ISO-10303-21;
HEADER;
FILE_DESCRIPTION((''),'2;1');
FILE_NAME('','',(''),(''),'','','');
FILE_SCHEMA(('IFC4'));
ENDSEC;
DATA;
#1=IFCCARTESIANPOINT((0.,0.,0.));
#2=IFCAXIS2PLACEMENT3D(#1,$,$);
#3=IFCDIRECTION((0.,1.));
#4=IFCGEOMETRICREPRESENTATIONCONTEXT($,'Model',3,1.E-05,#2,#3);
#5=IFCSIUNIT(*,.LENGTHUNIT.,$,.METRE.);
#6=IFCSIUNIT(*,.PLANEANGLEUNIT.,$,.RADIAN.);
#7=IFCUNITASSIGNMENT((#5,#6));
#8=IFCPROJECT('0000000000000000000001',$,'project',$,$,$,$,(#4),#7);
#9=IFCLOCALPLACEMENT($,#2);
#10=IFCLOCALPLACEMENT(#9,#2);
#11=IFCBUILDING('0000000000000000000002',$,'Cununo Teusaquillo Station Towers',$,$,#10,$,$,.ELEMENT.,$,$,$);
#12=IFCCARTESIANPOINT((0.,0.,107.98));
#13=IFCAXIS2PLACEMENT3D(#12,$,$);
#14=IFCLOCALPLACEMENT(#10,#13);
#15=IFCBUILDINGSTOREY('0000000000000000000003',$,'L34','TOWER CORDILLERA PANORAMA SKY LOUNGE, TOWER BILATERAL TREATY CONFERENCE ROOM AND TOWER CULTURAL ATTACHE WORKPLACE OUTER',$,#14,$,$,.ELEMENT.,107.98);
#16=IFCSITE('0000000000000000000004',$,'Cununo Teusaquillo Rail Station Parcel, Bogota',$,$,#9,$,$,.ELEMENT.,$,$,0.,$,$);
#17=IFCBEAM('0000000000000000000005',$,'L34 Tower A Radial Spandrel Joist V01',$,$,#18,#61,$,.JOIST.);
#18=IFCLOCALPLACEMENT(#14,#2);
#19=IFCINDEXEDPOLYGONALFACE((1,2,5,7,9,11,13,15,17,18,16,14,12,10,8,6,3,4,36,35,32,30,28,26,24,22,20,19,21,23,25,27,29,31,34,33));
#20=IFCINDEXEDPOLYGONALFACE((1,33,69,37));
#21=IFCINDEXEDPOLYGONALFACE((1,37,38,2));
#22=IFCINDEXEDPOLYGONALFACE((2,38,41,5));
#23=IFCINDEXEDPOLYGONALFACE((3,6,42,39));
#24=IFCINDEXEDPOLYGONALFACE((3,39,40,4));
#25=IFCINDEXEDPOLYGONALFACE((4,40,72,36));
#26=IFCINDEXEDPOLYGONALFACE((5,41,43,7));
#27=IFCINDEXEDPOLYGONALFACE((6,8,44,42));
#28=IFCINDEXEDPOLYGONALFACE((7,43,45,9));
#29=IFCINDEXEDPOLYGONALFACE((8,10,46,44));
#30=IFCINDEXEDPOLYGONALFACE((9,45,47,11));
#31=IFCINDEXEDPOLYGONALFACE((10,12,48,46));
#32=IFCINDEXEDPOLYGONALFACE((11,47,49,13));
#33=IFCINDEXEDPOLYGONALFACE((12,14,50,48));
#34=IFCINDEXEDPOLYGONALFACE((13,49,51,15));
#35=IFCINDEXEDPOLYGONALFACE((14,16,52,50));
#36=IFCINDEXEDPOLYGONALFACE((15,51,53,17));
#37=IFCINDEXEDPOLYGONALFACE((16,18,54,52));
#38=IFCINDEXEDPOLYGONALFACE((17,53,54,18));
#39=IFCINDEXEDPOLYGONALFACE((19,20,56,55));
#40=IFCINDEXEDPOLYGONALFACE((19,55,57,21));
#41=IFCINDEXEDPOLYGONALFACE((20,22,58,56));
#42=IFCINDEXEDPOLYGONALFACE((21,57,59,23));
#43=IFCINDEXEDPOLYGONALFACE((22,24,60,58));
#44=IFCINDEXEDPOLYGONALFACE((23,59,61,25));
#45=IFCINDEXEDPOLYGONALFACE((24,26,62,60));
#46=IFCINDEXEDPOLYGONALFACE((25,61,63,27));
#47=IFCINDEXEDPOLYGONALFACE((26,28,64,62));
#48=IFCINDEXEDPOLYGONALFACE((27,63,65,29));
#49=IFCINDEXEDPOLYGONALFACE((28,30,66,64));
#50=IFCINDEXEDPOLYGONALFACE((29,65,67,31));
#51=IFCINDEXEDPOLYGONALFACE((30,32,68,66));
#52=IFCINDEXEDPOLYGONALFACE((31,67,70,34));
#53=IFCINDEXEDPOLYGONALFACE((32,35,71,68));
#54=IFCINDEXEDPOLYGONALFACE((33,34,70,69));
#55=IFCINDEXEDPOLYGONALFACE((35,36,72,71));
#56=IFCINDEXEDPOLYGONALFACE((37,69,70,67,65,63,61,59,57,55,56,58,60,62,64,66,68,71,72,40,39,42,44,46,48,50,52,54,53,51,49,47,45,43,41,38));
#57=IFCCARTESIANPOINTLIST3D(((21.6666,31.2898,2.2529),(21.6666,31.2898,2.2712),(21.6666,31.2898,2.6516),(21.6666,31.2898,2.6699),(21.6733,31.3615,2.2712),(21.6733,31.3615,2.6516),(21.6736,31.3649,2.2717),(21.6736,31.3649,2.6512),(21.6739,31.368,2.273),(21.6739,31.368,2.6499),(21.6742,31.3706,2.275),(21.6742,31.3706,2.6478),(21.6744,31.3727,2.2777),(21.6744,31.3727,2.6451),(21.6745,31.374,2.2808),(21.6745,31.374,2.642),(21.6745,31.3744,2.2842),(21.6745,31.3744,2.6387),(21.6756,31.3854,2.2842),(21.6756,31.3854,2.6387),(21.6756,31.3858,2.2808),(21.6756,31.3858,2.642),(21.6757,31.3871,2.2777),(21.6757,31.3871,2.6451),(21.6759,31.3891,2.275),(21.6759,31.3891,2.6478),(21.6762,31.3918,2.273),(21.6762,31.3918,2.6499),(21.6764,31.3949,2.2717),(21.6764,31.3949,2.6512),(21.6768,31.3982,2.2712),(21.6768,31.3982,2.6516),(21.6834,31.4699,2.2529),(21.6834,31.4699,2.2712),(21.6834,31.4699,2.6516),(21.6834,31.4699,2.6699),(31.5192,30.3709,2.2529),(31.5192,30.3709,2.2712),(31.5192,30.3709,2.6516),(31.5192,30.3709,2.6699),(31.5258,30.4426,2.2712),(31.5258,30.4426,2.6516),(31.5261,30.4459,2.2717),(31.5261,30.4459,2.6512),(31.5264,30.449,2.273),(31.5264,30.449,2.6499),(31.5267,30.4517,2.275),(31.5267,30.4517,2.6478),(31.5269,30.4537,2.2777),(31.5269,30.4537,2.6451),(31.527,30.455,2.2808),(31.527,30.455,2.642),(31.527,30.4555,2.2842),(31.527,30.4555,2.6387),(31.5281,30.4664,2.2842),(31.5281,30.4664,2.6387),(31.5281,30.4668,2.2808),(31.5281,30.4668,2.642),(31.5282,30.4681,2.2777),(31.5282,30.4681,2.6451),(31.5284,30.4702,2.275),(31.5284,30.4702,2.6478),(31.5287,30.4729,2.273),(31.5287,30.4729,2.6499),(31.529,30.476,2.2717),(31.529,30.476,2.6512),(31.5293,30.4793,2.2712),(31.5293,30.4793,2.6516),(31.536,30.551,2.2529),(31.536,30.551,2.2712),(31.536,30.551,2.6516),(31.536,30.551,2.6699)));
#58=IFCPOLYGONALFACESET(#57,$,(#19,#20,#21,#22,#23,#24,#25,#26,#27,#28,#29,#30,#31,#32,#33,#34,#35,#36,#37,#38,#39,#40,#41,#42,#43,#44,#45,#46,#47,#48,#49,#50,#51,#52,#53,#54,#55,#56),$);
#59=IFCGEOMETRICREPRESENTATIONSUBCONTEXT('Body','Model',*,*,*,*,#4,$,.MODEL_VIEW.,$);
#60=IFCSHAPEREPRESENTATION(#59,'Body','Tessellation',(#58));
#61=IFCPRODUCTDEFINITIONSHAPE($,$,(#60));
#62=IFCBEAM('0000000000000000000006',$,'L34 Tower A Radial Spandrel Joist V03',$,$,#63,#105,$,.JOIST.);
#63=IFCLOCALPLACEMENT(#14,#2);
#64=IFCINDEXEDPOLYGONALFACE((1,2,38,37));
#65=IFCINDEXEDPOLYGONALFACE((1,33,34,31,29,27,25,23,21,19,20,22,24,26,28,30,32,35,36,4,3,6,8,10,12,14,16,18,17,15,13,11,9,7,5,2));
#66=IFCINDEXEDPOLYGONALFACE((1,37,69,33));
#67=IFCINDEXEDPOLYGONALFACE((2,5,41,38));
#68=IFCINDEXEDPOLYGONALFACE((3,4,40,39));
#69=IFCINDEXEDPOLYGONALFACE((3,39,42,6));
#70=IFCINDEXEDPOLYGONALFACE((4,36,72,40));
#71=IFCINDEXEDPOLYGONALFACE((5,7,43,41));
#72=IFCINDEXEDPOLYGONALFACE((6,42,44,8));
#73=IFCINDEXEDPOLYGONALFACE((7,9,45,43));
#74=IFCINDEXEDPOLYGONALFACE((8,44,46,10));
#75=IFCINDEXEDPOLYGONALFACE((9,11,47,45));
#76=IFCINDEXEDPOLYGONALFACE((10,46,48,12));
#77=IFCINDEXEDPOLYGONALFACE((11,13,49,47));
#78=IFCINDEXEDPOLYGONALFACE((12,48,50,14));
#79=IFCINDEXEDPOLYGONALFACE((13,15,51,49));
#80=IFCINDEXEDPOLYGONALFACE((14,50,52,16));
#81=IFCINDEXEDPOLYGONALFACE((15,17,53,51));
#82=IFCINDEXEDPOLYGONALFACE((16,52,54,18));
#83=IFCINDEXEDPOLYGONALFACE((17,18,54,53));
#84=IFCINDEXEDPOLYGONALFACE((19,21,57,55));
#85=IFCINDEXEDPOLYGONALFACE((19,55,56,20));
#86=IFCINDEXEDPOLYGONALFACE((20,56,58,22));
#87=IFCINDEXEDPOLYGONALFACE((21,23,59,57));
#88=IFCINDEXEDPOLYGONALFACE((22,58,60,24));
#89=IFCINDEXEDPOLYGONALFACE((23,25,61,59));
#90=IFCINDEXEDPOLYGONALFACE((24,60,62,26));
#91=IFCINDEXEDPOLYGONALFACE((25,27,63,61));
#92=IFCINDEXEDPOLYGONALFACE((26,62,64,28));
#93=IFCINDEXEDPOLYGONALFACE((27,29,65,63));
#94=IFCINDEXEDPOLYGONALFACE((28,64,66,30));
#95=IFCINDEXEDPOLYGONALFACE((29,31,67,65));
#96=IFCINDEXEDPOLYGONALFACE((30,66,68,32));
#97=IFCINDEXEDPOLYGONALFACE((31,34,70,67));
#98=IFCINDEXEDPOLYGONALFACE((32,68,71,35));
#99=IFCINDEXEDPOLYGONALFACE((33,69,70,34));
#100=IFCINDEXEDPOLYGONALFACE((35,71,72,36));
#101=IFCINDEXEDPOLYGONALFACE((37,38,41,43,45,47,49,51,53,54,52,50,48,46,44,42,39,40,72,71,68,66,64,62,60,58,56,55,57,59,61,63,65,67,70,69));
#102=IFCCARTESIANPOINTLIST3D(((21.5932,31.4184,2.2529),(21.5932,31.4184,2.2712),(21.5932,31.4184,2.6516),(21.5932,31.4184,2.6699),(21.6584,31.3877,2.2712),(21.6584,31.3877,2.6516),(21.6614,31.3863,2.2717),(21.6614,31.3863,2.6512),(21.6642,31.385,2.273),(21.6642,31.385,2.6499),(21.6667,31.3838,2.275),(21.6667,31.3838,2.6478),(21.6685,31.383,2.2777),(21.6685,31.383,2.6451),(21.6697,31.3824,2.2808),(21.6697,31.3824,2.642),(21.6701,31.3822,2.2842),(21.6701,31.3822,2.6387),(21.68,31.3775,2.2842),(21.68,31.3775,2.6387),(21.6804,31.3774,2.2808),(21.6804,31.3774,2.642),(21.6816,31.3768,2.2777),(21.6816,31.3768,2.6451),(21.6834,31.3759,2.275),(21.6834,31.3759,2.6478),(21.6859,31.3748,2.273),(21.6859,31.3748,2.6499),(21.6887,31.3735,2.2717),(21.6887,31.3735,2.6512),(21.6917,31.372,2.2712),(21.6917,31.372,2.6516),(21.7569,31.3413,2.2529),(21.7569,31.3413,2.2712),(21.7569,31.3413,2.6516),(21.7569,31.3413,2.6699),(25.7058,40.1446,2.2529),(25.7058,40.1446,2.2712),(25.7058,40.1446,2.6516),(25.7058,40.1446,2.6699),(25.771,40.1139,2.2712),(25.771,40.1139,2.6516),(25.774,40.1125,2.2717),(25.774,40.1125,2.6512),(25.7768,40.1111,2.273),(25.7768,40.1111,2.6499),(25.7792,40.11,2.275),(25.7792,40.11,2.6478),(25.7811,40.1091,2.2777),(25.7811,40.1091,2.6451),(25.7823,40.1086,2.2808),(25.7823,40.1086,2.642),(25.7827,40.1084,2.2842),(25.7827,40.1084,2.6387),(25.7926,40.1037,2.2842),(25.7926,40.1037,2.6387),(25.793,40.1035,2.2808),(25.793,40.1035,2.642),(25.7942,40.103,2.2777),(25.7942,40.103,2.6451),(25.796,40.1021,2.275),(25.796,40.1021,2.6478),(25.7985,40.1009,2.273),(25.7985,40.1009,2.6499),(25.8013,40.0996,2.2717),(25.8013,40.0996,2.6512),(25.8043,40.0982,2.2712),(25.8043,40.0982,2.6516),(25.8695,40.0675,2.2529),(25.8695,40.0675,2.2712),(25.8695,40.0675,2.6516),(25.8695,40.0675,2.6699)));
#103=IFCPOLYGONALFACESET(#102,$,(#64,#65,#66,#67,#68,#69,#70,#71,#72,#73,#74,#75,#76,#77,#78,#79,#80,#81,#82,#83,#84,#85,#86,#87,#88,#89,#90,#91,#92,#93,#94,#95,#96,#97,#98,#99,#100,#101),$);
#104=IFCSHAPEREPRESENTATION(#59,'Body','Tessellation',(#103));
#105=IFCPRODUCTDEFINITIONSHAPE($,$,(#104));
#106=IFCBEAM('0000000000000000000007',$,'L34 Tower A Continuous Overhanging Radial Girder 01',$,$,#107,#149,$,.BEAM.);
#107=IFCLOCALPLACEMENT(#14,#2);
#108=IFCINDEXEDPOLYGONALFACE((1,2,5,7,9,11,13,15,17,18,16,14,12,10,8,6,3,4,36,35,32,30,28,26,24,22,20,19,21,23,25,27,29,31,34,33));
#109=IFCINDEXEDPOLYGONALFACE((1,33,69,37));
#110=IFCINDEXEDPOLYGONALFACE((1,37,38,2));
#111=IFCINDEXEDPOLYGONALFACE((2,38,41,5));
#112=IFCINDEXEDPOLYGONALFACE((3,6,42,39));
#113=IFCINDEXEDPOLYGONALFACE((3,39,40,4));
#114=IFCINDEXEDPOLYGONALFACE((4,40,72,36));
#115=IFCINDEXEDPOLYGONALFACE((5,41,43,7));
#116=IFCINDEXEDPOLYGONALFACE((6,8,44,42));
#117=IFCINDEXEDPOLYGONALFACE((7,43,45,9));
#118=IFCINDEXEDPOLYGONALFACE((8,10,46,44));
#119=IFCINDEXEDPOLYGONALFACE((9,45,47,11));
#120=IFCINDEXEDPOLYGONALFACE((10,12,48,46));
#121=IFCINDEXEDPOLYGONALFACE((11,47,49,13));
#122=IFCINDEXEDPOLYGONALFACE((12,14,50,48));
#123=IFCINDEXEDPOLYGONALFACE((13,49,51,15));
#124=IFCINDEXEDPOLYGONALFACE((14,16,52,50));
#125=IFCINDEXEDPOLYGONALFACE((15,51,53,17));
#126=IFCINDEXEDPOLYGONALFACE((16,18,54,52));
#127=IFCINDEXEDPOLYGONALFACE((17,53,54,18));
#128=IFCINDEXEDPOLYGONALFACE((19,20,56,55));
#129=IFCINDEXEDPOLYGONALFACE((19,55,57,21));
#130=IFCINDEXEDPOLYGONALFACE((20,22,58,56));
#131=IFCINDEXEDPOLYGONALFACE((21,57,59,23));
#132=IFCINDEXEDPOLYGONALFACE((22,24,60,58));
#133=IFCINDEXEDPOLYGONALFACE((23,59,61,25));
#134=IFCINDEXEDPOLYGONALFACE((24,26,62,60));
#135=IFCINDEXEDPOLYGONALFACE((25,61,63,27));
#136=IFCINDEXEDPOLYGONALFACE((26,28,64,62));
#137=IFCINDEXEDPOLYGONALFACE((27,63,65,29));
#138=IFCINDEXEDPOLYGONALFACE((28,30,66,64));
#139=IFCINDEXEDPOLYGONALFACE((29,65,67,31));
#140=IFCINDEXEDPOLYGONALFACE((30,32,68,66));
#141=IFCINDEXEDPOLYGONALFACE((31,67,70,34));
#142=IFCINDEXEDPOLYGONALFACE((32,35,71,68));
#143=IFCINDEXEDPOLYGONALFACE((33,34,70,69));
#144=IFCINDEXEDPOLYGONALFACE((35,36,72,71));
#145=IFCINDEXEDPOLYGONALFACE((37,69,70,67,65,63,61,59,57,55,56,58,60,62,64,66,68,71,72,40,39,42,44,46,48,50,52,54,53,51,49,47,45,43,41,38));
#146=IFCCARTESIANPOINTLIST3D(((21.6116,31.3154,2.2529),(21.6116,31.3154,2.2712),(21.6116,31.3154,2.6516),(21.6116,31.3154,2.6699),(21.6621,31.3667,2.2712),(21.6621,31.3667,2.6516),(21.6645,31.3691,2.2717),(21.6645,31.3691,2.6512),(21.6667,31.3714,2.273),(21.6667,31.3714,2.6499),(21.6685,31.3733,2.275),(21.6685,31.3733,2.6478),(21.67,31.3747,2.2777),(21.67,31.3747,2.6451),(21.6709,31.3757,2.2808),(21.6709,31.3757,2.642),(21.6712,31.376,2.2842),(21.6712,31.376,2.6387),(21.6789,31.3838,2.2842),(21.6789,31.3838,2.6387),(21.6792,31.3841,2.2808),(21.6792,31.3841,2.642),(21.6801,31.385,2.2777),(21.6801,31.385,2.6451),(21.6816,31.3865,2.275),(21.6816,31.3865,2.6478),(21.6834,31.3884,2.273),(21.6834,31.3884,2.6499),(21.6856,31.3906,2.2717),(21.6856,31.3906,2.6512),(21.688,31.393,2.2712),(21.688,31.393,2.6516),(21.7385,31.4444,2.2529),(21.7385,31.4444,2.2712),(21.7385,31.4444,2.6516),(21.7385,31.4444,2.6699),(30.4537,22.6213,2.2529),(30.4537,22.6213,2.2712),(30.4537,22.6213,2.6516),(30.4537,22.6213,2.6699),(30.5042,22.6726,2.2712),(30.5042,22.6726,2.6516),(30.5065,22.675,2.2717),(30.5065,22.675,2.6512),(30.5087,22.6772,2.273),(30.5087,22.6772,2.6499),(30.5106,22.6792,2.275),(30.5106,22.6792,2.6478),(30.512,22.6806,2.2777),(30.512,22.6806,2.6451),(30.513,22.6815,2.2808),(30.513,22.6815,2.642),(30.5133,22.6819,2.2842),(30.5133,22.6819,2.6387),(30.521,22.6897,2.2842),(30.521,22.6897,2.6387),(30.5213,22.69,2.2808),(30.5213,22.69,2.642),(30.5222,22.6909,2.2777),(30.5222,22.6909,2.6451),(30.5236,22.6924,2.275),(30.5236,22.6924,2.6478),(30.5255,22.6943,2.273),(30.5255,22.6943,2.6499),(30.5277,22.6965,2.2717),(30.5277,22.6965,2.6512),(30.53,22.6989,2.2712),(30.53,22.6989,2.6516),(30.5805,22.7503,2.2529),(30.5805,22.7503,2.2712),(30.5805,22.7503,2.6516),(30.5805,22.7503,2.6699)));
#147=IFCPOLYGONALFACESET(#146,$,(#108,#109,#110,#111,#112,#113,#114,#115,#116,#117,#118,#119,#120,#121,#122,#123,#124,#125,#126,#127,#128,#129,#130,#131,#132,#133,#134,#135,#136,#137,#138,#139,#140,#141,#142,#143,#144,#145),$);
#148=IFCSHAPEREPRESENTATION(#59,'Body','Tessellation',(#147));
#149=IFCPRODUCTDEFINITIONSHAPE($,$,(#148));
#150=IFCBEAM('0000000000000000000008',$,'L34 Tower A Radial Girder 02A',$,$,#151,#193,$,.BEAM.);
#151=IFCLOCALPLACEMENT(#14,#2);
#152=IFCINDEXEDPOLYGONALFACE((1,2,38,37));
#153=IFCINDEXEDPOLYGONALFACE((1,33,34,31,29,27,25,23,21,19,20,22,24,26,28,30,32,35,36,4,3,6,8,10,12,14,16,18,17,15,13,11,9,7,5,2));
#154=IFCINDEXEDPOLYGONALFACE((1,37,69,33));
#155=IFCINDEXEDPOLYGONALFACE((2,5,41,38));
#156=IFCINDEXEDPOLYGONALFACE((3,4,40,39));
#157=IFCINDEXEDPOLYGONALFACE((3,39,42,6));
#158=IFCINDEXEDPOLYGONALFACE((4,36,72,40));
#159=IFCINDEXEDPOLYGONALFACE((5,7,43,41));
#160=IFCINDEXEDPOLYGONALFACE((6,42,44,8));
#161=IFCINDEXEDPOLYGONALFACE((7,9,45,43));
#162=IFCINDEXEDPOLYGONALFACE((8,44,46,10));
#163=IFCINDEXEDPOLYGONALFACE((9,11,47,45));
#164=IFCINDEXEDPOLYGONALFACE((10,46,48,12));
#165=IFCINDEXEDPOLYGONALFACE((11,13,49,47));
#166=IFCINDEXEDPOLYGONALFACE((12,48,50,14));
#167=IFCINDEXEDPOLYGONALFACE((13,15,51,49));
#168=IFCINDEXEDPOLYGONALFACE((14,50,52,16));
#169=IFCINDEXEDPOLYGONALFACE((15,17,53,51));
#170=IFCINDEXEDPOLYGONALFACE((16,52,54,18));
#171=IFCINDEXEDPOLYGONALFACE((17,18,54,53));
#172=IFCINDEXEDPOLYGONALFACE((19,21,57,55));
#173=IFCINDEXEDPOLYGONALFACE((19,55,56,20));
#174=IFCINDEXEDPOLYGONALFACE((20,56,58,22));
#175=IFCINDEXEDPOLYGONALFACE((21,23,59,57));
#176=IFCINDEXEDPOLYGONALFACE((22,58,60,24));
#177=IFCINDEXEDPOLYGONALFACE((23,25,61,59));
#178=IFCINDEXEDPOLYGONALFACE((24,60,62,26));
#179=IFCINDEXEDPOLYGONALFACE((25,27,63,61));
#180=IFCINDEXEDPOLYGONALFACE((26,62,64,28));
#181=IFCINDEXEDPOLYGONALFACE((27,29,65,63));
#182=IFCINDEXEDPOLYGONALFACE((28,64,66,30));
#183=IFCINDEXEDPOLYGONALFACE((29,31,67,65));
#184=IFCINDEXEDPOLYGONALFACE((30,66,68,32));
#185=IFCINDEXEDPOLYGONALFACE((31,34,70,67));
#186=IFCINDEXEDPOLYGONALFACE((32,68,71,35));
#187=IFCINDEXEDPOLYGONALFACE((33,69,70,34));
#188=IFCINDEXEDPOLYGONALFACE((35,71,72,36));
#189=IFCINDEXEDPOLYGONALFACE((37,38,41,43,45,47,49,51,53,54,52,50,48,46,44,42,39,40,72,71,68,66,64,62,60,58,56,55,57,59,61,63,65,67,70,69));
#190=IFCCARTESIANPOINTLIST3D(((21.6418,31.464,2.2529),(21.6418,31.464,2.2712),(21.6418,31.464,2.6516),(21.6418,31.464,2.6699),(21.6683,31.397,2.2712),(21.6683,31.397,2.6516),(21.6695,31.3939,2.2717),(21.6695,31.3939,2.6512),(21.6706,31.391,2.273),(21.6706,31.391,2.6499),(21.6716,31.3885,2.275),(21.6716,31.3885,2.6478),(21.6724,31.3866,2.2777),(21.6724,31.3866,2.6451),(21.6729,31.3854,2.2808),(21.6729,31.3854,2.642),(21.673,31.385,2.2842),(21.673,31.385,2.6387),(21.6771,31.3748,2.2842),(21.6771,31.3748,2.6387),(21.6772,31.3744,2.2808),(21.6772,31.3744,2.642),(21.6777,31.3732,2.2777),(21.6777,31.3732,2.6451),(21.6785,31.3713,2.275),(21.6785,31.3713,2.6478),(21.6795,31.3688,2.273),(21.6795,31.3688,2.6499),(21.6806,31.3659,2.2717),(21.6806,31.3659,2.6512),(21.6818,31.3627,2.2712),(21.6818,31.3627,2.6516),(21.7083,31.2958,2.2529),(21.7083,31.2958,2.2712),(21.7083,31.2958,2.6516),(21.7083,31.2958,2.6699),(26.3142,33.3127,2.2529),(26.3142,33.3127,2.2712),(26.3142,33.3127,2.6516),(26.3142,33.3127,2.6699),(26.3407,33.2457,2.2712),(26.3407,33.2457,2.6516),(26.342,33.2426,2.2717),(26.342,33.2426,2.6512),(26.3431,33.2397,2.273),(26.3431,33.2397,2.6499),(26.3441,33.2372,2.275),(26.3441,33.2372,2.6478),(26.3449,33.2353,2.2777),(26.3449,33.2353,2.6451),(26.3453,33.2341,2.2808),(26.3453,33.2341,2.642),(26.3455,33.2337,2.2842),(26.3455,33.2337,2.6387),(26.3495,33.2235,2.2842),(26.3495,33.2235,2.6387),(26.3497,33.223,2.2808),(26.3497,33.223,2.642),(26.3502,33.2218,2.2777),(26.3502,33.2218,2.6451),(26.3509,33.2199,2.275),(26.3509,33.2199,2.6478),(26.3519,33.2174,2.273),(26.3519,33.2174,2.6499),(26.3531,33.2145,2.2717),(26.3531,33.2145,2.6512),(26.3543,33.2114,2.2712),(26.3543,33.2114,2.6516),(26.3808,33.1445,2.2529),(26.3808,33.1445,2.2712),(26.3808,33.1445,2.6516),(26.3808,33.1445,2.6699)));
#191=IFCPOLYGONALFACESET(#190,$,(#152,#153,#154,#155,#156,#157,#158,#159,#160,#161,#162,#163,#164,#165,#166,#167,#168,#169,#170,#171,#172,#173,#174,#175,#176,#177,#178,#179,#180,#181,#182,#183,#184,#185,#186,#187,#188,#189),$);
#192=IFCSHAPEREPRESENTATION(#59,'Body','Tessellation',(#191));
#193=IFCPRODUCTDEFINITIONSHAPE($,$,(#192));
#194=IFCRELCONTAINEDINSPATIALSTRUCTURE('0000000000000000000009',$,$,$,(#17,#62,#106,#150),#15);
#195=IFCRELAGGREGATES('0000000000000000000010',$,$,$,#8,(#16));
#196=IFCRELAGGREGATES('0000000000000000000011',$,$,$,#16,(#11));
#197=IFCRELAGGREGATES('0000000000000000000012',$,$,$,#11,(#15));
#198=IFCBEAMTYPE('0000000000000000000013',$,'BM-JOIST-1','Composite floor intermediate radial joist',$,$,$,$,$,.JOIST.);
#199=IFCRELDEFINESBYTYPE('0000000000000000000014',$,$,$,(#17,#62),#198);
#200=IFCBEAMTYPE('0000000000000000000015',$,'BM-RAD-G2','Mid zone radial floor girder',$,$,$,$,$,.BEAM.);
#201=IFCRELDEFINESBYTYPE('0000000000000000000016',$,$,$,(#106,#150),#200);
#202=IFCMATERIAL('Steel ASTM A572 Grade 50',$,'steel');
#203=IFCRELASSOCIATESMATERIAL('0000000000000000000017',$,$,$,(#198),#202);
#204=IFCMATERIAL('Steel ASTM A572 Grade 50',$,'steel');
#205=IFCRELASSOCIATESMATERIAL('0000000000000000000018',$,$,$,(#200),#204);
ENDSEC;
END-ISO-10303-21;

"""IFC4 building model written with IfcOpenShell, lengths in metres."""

from ifc_helpers import new_model, si_unit, direction, frame, origin, origin_2d, place, context, subcontext, project, spatial, i_section, extrude, material, material_profile, profile_set, type_object, element, save


model = new_model("IFC4")

# Units and contexts
model_context = context("Model", 3, precision=1e-05, world=origin(), true_north=direction((0.0, 1.0)))
body_context = subcontext(model_context, "Body", "Model", "MODEL_VIEW")
ifc_project = project(units=[si_unit("LENGTHUNIT", "METRE"), si_unit("PLANEANGLEUNIT", "RADIAN")], contexts=[model_context])

# Site, building, storey
site_placement = place(None, origin())
site = spatial("IfcSite", under=ifc_project, at=site_placement, Name="Cununo Teusaquillo Rail Station Parcel, Bogota", CompositionType="ELEMENT", RefElevation=0.0)
building_placement = place(site_placement, origin())
building = spatial("IfcBuilding", under=site, at=building_placement, Name="Cununo Teusaquillo Station Towers", CompositionType="ELEMENT")
storey_placement = place(building_placement, frame((0.0, 0.0, 107.98)))
storey = spatial("IfcBuildingStorey", under=building, at=storey_placement, Name="L34", Description="TOWER CORDILLERA PANORAMA SKY LOUNGE, TOWER BILATERAL TREATY CONFERENCE ROOM AND TOWER CULTURAL ATTACHE WORKPLACE OUTER", CompositionType="ELEMENT", Elevation=107.98)

# Beams
ifc_material_1 = material(Name="Steel ASTM A572 Grade 50", Category="steel")
ifc_material_profile_1 = material_profile(ifc_material_1, i_section(OverallWidth=0.1809, OverallDepth=0.417, WebThickness=0.011, FlangeThickness=0.0183, FilletRadius=0.0129, at=origin_2d()), Name="W16X57")
ifc_profile_set_1 = profile_set([ifc_material_profile_1], Name="Steel ASTM A572 Grade 50")
beam_type_1 = type_object("IfcBeamType", Name="BM-JOIST-1", Description="Composite floor intermediate radial joist", PredefinedType="JOIST", material=ifc_profile_set_1)
beam_1_placement = place(storey_placement, frame((21.675, 31.3799, 2.4614), z_axis=(0.995679, -0.092867, 0.0), x_axis=(0.092867, 0.995679, 0.0)))
element("IfcBeam", 1, at=beam_1_placement, inside=storey, type_object=beam_type_1, Name="L34 Tower A Radial Spandrel Joist V01", PredefinedType="JOIST", context=body_context, shape_type="SweptSolid", body=[
    extrude(i_section(OverallWidth=0.1809, OverallDepth=0.417, WebThickness=0.011, FlangeThickness=0.0183, FilletRadius=0.0129, at=origin_2d()), origin(), (0.0, 0.0, 1.0), 9.8953),
])
beam_2_placement = place(storey_placement, frame((21.675, 31.3799, 2.4614), z_axis=(0.42632, 0.904572, 0.0), x_axis=(-0.904572, 0.42632, 0.0)))
element("IfcBeam", 2, at=beam_2_placement, inside=storey, type_object=beam_type_1, Name="L34 Tower A Radial Spandrel Joist V03", PredefinedType="JOIST", context=body_context, shape_type="SweptSolid", body=[
    extrude(i_section(OverallWidth=0.1809, OverallDepth=0.417, WebThickness=0.011, FlangeThickness=0.0183, FilletRadius=0.0129, at=origin_2d()), origin(), (0.0, 0.0, 1.0), 9.6467),
])
ifc_material_2 = material(Name="Steel ASTM A572 Grade 50", Category="steel")
ifc_material_profile_2 = material_profile(ifc_material_2, i_section(OverallWidth=0.1809, OverallDepth=0.417, WebThickness=0.011, FlangeThickness=0.0183, FilletRadius=0.0129, at=origin_2d()), Name="W16X57")
ifc_profile_set_2 = profile_set([ifc_material_profile_2], Name="Steel ASTM A572 Grade 50")
beam_type_2 = type_object("IfcBeamType", Name="BM-RAD-G2", Description="Mid zone radial floor girder", PredefinedType="BEAM", material=ifc_profile_set_2)
beam_3_placement = place(storey_placement, frame((21.675, 31.3799, 2.4614), z_axis=(0.713047, -0.701116, 0.0), x_axis=(0.701116, 0.713047, 0.0)))
element("IfcBeam", 3, at=beam_3_placement, inside=storey, type_object=beam_type_2, Name="L34 Tower A Continuous Overhanging Radial Girder 01", PredefinedType="BEAM", context=body_context, shape_type="SweptSolid", body=[
    extrude(i_section(OverallWidth=0.1809, OverallDepth=0.417, WebThickness=0.011, FlangeThickness=0.0183, FilletRadius=0.0129, at=origin_2d()), origin(), (0.0, 0.0, 1.0), 12.4004),
])
beam_4_placement = place(storey_placement, frame((21.675, 31.3799, 2.4614), z_axis=(0.929864, 0.367903, 0.0), x_axis=(-0.367903, 0.929864, 0.0)))
element("IfcBeam", 4, at=beam_4_placement, inside=storey, type_object=beam_type_2, Name="L34 Tower A Radial Girder 02A", PredefinedType="BEAM", context=body_context, shape_type="SweptSolid", body=[
    extrude(i_section(OverallWidth=0.1809, OverallDepth=0.417, WebThickness=0.011, FlangeThickness=0.0183, FilletRadius=0.0129, at=origin_2d()), origin(), (0.0, 0.0, 1.0), 5.0249),
])

save(model, "model.ifc")
